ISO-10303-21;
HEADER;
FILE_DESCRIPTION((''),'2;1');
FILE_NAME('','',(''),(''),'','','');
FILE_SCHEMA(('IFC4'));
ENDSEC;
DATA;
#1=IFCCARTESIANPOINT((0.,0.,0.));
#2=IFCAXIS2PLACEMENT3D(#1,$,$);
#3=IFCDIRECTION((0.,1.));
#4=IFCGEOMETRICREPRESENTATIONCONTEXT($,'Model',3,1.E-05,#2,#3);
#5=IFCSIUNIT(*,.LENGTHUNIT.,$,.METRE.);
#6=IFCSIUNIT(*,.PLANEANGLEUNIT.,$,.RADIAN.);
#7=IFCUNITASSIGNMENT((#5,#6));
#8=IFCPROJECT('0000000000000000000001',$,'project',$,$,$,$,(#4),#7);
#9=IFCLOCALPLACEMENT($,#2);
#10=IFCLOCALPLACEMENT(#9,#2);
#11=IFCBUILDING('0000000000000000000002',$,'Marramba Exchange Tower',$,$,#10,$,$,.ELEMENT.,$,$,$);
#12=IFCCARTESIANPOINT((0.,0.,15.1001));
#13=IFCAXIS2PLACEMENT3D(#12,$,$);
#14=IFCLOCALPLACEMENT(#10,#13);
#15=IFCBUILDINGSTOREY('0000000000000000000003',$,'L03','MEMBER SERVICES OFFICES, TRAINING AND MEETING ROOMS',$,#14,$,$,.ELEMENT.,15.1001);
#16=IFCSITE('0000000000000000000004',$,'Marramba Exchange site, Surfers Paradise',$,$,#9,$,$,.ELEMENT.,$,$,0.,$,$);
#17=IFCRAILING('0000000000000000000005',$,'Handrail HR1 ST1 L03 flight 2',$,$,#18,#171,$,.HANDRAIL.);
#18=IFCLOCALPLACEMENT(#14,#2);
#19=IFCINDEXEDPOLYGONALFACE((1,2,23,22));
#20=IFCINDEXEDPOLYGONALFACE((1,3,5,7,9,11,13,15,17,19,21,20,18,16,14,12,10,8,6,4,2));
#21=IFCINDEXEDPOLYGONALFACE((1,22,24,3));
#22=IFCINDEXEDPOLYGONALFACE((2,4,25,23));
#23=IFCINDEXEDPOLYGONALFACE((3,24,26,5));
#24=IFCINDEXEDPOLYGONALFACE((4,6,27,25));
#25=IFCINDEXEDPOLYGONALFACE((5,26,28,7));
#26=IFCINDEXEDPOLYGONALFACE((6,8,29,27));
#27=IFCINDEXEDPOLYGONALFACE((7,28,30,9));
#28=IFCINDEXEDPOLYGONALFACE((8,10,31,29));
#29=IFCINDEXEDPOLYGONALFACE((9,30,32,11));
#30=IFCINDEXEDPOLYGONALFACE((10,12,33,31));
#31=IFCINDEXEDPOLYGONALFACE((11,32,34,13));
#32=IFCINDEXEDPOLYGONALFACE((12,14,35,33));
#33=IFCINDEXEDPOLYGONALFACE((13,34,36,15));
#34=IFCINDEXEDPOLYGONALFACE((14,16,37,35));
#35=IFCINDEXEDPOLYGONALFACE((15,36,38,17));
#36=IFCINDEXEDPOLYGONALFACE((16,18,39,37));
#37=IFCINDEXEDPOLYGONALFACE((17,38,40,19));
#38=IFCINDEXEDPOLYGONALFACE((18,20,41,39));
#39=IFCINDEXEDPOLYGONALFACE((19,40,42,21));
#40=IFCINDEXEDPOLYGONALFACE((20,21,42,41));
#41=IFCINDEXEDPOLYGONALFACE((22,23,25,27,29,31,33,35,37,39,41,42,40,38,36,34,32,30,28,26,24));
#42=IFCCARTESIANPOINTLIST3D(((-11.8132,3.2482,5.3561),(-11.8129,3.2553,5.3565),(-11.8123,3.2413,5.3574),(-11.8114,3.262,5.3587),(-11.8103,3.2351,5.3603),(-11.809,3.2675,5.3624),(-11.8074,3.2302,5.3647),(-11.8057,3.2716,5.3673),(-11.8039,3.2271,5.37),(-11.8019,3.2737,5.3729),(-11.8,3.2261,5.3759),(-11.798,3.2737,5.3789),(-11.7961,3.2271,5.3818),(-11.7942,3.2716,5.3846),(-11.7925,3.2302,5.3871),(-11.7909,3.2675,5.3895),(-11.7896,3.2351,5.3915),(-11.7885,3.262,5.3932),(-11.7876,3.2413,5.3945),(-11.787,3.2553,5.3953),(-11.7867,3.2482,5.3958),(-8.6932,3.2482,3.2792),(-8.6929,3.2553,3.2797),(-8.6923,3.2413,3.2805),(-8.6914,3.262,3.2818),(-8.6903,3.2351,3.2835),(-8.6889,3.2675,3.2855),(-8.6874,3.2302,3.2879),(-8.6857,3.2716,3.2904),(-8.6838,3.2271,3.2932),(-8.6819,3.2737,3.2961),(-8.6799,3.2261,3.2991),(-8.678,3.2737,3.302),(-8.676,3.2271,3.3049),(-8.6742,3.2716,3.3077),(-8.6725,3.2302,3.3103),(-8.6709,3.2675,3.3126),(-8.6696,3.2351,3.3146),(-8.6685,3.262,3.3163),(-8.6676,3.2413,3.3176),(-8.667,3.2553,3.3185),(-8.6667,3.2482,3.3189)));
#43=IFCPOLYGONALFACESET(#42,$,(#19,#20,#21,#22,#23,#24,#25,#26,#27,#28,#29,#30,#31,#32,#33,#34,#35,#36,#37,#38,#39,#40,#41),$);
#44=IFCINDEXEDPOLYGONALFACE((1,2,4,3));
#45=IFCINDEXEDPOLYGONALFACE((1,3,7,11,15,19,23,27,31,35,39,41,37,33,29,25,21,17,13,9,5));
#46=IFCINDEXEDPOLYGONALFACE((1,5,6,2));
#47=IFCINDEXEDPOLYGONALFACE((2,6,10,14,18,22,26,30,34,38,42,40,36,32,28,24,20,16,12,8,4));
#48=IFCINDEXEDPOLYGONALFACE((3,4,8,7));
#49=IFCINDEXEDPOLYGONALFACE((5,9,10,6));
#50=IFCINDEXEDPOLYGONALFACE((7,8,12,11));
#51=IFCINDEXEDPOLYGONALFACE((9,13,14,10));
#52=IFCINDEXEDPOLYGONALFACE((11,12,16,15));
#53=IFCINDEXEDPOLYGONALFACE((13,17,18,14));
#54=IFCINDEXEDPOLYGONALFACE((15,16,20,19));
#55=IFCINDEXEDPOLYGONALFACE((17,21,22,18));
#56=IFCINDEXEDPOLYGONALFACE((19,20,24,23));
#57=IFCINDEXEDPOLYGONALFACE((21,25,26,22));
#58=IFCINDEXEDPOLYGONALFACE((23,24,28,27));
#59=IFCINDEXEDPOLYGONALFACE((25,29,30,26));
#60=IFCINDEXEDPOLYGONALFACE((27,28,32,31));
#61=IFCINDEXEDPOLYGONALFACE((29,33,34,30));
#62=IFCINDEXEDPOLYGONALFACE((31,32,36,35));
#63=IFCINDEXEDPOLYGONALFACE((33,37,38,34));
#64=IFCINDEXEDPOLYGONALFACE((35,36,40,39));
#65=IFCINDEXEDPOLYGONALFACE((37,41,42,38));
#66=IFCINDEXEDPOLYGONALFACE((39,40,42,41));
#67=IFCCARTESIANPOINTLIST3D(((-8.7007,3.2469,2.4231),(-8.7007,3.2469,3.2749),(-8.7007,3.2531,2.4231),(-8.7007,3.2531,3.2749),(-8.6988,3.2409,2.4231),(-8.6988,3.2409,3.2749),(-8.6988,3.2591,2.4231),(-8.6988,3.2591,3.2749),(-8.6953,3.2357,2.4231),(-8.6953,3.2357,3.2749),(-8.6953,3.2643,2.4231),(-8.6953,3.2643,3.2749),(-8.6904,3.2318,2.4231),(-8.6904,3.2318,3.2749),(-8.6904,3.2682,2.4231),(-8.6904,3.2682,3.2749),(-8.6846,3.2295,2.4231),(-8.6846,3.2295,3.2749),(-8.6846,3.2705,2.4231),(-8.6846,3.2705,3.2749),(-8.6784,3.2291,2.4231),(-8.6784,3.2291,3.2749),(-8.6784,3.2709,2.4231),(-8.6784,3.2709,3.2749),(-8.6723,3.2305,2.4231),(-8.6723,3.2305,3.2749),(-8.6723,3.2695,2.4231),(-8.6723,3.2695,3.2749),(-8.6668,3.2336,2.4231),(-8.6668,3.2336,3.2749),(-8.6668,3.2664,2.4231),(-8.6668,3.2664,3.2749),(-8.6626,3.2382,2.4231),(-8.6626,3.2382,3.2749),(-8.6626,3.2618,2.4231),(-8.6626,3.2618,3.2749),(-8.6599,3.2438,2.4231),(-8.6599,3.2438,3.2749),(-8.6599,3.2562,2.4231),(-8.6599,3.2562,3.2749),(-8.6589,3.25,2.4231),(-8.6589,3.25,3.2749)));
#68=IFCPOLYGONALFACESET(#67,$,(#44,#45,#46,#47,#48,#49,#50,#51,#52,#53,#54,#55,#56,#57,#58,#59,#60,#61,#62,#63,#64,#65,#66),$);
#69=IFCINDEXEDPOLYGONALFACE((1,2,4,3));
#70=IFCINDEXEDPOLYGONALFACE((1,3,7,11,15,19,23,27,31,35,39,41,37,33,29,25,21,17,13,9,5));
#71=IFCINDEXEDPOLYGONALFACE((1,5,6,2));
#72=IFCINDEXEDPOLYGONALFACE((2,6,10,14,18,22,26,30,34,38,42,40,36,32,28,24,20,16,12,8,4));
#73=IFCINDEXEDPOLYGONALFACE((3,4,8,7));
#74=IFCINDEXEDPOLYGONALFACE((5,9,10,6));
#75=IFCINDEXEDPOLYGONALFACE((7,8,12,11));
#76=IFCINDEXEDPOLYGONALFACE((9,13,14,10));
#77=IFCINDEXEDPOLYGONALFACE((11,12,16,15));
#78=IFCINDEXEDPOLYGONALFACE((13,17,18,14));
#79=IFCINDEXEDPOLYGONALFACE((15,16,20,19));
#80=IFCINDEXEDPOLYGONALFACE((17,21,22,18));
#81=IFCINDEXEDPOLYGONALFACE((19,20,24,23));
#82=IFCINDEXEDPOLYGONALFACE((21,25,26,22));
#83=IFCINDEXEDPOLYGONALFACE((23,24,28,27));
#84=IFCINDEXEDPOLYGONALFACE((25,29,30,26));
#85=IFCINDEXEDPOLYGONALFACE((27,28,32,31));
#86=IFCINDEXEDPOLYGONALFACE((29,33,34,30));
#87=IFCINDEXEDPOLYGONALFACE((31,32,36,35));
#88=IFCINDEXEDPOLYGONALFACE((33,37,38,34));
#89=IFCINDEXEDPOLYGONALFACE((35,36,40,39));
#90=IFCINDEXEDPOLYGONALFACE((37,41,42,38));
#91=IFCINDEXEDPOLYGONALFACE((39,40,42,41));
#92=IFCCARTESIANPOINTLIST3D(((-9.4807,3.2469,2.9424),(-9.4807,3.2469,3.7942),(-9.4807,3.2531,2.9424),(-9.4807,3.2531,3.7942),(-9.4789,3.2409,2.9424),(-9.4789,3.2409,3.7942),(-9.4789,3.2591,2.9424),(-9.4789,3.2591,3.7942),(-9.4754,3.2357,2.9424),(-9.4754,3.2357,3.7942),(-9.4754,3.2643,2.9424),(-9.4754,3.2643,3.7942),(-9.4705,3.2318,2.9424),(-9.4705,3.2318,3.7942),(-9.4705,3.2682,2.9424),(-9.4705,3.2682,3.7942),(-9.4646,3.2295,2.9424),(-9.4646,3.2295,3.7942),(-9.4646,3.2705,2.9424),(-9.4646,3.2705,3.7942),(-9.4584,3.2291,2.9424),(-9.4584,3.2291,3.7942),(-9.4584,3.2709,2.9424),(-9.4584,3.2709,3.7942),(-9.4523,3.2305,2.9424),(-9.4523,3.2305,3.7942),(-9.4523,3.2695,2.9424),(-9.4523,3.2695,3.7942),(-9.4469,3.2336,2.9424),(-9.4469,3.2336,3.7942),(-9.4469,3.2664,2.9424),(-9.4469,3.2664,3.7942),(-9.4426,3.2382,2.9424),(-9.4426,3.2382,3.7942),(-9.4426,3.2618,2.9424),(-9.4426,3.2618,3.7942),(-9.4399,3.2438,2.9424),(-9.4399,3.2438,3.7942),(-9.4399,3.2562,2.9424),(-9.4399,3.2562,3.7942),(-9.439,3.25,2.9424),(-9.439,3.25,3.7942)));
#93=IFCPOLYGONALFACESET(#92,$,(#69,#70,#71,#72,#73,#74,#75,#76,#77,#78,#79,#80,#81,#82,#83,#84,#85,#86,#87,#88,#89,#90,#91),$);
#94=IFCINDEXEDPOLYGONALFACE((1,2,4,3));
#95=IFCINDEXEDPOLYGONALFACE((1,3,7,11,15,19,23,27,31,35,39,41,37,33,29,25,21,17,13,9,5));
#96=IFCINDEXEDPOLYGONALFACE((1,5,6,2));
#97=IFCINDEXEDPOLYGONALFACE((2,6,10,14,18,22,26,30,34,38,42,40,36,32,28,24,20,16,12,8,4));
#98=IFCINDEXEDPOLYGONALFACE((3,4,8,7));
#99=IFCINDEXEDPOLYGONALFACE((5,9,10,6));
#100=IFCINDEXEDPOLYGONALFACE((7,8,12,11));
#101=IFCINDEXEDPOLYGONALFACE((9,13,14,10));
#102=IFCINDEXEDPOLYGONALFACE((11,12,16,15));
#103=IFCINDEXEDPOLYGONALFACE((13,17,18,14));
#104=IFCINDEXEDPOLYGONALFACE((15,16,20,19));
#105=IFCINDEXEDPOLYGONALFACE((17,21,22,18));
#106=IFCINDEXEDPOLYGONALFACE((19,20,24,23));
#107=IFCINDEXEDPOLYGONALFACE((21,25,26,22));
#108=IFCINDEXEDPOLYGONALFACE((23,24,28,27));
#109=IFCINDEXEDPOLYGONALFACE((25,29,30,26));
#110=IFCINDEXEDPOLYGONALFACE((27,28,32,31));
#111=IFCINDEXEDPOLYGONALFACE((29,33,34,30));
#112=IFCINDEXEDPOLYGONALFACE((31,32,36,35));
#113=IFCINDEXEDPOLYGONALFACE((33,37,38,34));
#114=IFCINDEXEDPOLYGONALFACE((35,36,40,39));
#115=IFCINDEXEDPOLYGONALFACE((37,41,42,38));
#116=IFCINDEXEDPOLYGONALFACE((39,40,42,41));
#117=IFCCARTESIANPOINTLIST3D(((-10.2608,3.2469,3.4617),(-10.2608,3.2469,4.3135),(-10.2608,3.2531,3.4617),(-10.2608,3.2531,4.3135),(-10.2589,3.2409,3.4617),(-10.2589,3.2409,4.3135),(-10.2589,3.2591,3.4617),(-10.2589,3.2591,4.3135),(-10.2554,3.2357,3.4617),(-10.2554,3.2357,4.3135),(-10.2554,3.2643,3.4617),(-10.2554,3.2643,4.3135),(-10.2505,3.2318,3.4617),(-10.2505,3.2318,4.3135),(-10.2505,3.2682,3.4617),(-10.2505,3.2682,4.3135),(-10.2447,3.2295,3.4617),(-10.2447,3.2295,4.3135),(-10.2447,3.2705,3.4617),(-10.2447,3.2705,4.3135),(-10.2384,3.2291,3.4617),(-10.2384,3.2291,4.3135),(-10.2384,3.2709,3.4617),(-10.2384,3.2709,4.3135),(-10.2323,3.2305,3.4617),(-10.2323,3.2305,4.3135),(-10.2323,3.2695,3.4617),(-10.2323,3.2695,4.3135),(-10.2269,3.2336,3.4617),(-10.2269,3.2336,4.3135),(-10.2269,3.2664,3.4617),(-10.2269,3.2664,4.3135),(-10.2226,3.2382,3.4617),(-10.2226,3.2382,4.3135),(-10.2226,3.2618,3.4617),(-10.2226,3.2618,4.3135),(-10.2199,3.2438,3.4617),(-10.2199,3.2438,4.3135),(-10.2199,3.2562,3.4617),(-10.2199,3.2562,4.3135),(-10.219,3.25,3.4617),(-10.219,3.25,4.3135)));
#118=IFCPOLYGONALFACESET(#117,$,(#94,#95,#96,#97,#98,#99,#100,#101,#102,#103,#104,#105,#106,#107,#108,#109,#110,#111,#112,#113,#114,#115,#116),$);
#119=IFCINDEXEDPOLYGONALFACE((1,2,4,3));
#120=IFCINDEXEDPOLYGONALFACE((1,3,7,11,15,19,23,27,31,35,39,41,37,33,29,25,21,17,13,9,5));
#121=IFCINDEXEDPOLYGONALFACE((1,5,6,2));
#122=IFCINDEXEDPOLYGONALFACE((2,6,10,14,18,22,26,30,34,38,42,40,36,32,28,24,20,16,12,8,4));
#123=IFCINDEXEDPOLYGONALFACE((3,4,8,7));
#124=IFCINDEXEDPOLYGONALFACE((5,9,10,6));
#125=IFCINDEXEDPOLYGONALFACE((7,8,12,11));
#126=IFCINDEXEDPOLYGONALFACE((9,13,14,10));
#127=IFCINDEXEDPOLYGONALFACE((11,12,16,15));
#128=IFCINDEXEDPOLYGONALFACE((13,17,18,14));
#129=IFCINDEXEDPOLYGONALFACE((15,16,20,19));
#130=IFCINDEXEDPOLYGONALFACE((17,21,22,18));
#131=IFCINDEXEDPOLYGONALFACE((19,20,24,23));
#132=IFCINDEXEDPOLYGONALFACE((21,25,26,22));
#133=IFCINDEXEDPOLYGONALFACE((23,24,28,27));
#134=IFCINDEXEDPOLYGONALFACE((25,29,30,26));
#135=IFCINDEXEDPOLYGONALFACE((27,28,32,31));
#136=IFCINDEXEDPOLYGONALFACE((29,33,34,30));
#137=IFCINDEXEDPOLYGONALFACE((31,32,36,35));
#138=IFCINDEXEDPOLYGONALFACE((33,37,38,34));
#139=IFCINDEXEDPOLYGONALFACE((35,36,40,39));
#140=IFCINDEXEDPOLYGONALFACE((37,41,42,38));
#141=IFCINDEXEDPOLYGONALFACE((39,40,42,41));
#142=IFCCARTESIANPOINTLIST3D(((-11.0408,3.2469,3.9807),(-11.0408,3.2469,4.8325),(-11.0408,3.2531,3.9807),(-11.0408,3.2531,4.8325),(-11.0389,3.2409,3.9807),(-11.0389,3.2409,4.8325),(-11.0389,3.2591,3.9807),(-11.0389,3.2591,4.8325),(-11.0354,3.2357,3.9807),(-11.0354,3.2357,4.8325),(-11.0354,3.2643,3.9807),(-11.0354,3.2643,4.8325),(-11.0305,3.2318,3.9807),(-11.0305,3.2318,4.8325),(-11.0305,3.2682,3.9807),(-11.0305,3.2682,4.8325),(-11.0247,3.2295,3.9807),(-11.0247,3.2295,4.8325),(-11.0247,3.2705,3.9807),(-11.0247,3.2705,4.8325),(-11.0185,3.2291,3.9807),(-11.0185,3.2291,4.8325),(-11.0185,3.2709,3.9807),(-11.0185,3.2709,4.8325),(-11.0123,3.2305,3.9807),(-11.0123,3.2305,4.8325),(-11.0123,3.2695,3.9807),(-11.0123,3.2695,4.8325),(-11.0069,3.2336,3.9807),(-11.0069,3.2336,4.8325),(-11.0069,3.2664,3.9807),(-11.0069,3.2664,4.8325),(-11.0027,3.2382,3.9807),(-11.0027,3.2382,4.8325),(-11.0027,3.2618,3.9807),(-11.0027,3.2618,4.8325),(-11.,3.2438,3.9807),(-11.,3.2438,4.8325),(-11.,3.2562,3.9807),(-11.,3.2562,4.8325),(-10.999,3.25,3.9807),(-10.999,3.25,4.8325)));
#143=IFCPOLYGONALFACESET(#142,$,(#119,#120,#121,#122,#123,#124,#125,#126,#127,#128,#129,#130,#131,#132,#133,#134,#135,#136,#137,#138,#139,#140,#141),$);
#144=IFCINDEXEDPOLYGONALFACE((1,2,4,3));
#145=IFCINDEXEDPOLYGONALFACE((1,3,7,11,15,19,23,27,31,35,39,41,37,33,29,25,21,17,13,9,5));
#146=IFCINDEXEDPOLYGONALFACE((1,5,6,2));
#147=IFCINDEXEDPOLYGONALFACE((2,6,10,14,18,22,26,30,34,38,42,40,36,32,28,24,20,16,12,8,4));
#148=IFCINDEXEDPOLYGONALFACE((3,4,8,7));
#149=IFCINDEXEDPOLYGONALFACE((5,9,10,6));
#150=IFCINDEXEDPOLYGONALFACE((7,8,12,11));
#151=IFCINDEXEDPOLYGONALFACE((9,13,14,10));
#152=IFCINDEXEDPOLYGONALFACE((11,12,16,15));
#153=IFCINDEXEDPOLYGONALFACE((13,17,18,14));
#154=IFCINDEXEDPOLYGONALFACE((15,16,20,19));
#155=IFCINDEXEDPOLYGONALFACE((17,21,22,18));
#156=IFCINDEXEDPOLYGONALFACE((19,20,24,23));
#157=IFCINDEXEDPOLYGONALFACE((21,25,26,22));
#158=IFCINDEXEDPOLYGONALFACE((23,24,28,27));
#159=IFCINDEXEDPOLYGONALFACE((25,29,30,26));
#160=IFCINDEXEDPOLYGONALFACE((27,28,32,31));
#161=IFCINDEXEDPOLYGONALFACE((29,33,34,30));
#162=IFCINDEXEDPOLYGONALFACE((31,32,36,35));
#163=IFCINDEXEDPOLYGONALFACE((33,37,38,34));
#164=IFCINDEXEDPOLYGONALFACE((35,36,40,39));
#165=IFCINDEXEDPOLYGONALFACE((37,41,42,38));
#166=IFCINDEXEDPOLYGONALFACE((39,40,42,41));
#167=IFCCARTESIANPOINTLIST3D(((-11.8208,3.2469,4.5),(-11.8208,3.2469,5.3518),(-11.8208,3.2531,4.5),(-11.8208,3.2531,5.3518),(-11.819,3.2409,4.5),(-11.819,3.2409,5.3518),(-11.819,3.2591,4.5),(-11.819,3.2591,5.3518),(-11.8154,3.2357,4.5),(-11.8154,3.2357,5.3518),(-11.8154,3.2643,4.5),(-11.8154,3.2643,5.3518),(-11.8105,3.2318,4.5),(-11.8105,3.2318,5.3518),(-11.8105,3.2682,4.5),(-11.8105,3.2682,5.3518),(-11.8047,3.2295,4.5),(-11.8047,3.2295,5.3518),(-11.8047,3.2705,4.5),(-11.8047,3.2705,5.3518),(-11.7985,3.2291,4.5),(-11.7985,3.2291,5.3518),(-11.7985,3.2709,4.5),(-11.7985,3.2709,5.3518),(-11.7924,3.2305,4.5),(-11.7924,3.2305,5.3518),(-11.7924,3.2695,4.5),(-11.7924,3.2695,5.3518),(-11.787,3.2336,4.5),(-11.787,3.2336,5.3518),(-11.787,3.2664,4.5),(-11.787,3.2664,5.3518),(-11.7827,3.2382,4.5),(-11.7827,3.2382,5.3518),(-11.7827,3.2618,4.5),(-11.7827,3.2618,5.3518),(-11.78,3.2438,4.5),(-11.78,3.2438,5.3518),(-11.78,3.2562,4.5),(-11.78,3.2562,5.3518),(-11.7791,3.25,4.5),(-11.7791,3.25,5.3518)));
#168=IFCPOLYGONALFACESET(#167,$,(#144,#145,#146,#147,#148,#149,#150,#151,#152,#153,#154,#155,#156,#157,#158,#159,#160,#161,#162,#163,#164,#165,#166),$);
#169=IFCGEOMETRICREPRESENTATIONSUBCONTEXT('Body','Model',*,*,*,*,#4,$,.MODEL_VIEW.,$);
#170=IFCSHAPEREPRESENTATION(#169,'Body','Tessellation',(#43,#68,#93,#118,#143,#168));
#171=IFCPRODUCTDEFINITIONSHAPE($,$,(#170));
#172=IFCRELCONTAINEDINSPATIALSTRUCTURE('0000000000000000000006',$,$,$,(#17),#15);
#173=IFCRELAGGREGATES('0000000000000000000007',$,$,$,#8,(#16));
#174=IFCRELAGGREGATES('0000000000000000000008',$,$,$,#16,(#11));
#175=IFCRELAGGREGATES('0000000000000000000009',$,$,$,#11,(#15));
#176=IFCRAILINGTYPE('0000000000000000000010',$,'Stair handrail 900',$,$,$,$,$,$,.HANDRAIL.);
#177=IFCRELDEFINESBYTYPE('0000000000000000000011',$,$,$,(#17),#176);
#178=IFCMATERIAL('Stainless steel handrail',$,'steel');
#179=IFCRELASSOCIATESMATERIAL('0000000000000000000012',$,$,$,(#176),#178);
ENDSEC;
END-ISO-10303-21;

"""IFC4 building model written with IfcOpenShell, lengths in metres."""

from ifc_helpers import new_model, si_unit, direction, frame, origin, origin_2d, place, context, subcontext, project, spatial, circle, extrude, material, type_object, element, save


model = new_model("IFC4")

# Units and contexts
model_context = context("Model", 3, precision=1e-05, world=origin(), true_north=direction((0.0, 1.0)))
body_context = subcontext(model_context, "Body", "Model", "MODEL_VIEW")
ifc_project = project(units=[si_unit("LENGTHUNIT", "METRE"), si_unit("PLANEANGLEUNIT", "RADIAN")], contexts=[model_context])

# Site, building, storey
site_placement = place(None, origin())
site = spatial("IfcSite", under=ifc_project, at=site_placement, Name="Marramba Exchange site, Surfers Paradise", CompositionType="ELEMENT", RefElevation=0.0)
building_placement = place(site_placement, origin())
building = spatial("IfcBuilding", under=site, at=building_placement, Name="Marramba Exchange Tower", CompositionType="ELEMENT")
storey_placement = place(building_placement, frame((0.0, 0.0, 15.1001)))
storey = spatial("IfcBuildingStorey", under=building, at=storey_placement, Name="L03", Description="MEMBER SERVICES OFFICES, TRAINING AND MEETING ROOMS", CompositionType="ELEMENT", Elevation=15.1001)

# Railing
ifc_material_1 = material(Name="Stainless steel handrail", Category="steel")
railing_type = type_object("IfcRailingType", Name="Stair handrail 900", PredefinedType="HANDRAIL", material=ifc_material_1)
railing_1_placement = place(storey_placement, frame((-8.6799, 3.25, 2.4231)))
element("IfcRailing", 1, at=railing_1_placement, inside=storey, type_object=railing_type, Name="Handrail HR1 ST1 L03 flight 2", PredefinedType="HANDRAIL", context=body_context, shape_type="SweptSolid", body=[
    extrude(circle(Radius=0.0239, at=origin_2d()), frame((0.0, 0.0, 0.876), z_axis=(-0.832441, 0.0, 0.554114), x_axis=(0.0, -1.0, 0.0)), (0.0, 0.0, 1.0), 3.748),
    extrude(circle(Radius=0.021, at=origin_2d()), origin(), (0.0, 0.0, 1.0), 0.8518),
    extrude(circle(Radius=0.021, at=origin_2d()), frame((-0.78, 0.0, 0.5193)), (0.0, 0.0, 1.0), 0.8518),
    extrude(circle(Radius=0.021, at=origin_2d()), frame((-1.5601, 0.0, 1.0386)), (0.0, 0.0, 1.0), 0.8518),
    extrude(circle(Radius=0.021, at=origin_2d()), frame((-2.3401, 0.0, 1.5576)), (0.0, 0.0, 1.0), 0.8518),
    extrude(circle(Radius=0.021, at=origin_2d()), frame((-3.1201, 0.0, 2.0769)), (0.0, 0.0, 1.0), 0.8518),
])

save(model, "model.ifc")
